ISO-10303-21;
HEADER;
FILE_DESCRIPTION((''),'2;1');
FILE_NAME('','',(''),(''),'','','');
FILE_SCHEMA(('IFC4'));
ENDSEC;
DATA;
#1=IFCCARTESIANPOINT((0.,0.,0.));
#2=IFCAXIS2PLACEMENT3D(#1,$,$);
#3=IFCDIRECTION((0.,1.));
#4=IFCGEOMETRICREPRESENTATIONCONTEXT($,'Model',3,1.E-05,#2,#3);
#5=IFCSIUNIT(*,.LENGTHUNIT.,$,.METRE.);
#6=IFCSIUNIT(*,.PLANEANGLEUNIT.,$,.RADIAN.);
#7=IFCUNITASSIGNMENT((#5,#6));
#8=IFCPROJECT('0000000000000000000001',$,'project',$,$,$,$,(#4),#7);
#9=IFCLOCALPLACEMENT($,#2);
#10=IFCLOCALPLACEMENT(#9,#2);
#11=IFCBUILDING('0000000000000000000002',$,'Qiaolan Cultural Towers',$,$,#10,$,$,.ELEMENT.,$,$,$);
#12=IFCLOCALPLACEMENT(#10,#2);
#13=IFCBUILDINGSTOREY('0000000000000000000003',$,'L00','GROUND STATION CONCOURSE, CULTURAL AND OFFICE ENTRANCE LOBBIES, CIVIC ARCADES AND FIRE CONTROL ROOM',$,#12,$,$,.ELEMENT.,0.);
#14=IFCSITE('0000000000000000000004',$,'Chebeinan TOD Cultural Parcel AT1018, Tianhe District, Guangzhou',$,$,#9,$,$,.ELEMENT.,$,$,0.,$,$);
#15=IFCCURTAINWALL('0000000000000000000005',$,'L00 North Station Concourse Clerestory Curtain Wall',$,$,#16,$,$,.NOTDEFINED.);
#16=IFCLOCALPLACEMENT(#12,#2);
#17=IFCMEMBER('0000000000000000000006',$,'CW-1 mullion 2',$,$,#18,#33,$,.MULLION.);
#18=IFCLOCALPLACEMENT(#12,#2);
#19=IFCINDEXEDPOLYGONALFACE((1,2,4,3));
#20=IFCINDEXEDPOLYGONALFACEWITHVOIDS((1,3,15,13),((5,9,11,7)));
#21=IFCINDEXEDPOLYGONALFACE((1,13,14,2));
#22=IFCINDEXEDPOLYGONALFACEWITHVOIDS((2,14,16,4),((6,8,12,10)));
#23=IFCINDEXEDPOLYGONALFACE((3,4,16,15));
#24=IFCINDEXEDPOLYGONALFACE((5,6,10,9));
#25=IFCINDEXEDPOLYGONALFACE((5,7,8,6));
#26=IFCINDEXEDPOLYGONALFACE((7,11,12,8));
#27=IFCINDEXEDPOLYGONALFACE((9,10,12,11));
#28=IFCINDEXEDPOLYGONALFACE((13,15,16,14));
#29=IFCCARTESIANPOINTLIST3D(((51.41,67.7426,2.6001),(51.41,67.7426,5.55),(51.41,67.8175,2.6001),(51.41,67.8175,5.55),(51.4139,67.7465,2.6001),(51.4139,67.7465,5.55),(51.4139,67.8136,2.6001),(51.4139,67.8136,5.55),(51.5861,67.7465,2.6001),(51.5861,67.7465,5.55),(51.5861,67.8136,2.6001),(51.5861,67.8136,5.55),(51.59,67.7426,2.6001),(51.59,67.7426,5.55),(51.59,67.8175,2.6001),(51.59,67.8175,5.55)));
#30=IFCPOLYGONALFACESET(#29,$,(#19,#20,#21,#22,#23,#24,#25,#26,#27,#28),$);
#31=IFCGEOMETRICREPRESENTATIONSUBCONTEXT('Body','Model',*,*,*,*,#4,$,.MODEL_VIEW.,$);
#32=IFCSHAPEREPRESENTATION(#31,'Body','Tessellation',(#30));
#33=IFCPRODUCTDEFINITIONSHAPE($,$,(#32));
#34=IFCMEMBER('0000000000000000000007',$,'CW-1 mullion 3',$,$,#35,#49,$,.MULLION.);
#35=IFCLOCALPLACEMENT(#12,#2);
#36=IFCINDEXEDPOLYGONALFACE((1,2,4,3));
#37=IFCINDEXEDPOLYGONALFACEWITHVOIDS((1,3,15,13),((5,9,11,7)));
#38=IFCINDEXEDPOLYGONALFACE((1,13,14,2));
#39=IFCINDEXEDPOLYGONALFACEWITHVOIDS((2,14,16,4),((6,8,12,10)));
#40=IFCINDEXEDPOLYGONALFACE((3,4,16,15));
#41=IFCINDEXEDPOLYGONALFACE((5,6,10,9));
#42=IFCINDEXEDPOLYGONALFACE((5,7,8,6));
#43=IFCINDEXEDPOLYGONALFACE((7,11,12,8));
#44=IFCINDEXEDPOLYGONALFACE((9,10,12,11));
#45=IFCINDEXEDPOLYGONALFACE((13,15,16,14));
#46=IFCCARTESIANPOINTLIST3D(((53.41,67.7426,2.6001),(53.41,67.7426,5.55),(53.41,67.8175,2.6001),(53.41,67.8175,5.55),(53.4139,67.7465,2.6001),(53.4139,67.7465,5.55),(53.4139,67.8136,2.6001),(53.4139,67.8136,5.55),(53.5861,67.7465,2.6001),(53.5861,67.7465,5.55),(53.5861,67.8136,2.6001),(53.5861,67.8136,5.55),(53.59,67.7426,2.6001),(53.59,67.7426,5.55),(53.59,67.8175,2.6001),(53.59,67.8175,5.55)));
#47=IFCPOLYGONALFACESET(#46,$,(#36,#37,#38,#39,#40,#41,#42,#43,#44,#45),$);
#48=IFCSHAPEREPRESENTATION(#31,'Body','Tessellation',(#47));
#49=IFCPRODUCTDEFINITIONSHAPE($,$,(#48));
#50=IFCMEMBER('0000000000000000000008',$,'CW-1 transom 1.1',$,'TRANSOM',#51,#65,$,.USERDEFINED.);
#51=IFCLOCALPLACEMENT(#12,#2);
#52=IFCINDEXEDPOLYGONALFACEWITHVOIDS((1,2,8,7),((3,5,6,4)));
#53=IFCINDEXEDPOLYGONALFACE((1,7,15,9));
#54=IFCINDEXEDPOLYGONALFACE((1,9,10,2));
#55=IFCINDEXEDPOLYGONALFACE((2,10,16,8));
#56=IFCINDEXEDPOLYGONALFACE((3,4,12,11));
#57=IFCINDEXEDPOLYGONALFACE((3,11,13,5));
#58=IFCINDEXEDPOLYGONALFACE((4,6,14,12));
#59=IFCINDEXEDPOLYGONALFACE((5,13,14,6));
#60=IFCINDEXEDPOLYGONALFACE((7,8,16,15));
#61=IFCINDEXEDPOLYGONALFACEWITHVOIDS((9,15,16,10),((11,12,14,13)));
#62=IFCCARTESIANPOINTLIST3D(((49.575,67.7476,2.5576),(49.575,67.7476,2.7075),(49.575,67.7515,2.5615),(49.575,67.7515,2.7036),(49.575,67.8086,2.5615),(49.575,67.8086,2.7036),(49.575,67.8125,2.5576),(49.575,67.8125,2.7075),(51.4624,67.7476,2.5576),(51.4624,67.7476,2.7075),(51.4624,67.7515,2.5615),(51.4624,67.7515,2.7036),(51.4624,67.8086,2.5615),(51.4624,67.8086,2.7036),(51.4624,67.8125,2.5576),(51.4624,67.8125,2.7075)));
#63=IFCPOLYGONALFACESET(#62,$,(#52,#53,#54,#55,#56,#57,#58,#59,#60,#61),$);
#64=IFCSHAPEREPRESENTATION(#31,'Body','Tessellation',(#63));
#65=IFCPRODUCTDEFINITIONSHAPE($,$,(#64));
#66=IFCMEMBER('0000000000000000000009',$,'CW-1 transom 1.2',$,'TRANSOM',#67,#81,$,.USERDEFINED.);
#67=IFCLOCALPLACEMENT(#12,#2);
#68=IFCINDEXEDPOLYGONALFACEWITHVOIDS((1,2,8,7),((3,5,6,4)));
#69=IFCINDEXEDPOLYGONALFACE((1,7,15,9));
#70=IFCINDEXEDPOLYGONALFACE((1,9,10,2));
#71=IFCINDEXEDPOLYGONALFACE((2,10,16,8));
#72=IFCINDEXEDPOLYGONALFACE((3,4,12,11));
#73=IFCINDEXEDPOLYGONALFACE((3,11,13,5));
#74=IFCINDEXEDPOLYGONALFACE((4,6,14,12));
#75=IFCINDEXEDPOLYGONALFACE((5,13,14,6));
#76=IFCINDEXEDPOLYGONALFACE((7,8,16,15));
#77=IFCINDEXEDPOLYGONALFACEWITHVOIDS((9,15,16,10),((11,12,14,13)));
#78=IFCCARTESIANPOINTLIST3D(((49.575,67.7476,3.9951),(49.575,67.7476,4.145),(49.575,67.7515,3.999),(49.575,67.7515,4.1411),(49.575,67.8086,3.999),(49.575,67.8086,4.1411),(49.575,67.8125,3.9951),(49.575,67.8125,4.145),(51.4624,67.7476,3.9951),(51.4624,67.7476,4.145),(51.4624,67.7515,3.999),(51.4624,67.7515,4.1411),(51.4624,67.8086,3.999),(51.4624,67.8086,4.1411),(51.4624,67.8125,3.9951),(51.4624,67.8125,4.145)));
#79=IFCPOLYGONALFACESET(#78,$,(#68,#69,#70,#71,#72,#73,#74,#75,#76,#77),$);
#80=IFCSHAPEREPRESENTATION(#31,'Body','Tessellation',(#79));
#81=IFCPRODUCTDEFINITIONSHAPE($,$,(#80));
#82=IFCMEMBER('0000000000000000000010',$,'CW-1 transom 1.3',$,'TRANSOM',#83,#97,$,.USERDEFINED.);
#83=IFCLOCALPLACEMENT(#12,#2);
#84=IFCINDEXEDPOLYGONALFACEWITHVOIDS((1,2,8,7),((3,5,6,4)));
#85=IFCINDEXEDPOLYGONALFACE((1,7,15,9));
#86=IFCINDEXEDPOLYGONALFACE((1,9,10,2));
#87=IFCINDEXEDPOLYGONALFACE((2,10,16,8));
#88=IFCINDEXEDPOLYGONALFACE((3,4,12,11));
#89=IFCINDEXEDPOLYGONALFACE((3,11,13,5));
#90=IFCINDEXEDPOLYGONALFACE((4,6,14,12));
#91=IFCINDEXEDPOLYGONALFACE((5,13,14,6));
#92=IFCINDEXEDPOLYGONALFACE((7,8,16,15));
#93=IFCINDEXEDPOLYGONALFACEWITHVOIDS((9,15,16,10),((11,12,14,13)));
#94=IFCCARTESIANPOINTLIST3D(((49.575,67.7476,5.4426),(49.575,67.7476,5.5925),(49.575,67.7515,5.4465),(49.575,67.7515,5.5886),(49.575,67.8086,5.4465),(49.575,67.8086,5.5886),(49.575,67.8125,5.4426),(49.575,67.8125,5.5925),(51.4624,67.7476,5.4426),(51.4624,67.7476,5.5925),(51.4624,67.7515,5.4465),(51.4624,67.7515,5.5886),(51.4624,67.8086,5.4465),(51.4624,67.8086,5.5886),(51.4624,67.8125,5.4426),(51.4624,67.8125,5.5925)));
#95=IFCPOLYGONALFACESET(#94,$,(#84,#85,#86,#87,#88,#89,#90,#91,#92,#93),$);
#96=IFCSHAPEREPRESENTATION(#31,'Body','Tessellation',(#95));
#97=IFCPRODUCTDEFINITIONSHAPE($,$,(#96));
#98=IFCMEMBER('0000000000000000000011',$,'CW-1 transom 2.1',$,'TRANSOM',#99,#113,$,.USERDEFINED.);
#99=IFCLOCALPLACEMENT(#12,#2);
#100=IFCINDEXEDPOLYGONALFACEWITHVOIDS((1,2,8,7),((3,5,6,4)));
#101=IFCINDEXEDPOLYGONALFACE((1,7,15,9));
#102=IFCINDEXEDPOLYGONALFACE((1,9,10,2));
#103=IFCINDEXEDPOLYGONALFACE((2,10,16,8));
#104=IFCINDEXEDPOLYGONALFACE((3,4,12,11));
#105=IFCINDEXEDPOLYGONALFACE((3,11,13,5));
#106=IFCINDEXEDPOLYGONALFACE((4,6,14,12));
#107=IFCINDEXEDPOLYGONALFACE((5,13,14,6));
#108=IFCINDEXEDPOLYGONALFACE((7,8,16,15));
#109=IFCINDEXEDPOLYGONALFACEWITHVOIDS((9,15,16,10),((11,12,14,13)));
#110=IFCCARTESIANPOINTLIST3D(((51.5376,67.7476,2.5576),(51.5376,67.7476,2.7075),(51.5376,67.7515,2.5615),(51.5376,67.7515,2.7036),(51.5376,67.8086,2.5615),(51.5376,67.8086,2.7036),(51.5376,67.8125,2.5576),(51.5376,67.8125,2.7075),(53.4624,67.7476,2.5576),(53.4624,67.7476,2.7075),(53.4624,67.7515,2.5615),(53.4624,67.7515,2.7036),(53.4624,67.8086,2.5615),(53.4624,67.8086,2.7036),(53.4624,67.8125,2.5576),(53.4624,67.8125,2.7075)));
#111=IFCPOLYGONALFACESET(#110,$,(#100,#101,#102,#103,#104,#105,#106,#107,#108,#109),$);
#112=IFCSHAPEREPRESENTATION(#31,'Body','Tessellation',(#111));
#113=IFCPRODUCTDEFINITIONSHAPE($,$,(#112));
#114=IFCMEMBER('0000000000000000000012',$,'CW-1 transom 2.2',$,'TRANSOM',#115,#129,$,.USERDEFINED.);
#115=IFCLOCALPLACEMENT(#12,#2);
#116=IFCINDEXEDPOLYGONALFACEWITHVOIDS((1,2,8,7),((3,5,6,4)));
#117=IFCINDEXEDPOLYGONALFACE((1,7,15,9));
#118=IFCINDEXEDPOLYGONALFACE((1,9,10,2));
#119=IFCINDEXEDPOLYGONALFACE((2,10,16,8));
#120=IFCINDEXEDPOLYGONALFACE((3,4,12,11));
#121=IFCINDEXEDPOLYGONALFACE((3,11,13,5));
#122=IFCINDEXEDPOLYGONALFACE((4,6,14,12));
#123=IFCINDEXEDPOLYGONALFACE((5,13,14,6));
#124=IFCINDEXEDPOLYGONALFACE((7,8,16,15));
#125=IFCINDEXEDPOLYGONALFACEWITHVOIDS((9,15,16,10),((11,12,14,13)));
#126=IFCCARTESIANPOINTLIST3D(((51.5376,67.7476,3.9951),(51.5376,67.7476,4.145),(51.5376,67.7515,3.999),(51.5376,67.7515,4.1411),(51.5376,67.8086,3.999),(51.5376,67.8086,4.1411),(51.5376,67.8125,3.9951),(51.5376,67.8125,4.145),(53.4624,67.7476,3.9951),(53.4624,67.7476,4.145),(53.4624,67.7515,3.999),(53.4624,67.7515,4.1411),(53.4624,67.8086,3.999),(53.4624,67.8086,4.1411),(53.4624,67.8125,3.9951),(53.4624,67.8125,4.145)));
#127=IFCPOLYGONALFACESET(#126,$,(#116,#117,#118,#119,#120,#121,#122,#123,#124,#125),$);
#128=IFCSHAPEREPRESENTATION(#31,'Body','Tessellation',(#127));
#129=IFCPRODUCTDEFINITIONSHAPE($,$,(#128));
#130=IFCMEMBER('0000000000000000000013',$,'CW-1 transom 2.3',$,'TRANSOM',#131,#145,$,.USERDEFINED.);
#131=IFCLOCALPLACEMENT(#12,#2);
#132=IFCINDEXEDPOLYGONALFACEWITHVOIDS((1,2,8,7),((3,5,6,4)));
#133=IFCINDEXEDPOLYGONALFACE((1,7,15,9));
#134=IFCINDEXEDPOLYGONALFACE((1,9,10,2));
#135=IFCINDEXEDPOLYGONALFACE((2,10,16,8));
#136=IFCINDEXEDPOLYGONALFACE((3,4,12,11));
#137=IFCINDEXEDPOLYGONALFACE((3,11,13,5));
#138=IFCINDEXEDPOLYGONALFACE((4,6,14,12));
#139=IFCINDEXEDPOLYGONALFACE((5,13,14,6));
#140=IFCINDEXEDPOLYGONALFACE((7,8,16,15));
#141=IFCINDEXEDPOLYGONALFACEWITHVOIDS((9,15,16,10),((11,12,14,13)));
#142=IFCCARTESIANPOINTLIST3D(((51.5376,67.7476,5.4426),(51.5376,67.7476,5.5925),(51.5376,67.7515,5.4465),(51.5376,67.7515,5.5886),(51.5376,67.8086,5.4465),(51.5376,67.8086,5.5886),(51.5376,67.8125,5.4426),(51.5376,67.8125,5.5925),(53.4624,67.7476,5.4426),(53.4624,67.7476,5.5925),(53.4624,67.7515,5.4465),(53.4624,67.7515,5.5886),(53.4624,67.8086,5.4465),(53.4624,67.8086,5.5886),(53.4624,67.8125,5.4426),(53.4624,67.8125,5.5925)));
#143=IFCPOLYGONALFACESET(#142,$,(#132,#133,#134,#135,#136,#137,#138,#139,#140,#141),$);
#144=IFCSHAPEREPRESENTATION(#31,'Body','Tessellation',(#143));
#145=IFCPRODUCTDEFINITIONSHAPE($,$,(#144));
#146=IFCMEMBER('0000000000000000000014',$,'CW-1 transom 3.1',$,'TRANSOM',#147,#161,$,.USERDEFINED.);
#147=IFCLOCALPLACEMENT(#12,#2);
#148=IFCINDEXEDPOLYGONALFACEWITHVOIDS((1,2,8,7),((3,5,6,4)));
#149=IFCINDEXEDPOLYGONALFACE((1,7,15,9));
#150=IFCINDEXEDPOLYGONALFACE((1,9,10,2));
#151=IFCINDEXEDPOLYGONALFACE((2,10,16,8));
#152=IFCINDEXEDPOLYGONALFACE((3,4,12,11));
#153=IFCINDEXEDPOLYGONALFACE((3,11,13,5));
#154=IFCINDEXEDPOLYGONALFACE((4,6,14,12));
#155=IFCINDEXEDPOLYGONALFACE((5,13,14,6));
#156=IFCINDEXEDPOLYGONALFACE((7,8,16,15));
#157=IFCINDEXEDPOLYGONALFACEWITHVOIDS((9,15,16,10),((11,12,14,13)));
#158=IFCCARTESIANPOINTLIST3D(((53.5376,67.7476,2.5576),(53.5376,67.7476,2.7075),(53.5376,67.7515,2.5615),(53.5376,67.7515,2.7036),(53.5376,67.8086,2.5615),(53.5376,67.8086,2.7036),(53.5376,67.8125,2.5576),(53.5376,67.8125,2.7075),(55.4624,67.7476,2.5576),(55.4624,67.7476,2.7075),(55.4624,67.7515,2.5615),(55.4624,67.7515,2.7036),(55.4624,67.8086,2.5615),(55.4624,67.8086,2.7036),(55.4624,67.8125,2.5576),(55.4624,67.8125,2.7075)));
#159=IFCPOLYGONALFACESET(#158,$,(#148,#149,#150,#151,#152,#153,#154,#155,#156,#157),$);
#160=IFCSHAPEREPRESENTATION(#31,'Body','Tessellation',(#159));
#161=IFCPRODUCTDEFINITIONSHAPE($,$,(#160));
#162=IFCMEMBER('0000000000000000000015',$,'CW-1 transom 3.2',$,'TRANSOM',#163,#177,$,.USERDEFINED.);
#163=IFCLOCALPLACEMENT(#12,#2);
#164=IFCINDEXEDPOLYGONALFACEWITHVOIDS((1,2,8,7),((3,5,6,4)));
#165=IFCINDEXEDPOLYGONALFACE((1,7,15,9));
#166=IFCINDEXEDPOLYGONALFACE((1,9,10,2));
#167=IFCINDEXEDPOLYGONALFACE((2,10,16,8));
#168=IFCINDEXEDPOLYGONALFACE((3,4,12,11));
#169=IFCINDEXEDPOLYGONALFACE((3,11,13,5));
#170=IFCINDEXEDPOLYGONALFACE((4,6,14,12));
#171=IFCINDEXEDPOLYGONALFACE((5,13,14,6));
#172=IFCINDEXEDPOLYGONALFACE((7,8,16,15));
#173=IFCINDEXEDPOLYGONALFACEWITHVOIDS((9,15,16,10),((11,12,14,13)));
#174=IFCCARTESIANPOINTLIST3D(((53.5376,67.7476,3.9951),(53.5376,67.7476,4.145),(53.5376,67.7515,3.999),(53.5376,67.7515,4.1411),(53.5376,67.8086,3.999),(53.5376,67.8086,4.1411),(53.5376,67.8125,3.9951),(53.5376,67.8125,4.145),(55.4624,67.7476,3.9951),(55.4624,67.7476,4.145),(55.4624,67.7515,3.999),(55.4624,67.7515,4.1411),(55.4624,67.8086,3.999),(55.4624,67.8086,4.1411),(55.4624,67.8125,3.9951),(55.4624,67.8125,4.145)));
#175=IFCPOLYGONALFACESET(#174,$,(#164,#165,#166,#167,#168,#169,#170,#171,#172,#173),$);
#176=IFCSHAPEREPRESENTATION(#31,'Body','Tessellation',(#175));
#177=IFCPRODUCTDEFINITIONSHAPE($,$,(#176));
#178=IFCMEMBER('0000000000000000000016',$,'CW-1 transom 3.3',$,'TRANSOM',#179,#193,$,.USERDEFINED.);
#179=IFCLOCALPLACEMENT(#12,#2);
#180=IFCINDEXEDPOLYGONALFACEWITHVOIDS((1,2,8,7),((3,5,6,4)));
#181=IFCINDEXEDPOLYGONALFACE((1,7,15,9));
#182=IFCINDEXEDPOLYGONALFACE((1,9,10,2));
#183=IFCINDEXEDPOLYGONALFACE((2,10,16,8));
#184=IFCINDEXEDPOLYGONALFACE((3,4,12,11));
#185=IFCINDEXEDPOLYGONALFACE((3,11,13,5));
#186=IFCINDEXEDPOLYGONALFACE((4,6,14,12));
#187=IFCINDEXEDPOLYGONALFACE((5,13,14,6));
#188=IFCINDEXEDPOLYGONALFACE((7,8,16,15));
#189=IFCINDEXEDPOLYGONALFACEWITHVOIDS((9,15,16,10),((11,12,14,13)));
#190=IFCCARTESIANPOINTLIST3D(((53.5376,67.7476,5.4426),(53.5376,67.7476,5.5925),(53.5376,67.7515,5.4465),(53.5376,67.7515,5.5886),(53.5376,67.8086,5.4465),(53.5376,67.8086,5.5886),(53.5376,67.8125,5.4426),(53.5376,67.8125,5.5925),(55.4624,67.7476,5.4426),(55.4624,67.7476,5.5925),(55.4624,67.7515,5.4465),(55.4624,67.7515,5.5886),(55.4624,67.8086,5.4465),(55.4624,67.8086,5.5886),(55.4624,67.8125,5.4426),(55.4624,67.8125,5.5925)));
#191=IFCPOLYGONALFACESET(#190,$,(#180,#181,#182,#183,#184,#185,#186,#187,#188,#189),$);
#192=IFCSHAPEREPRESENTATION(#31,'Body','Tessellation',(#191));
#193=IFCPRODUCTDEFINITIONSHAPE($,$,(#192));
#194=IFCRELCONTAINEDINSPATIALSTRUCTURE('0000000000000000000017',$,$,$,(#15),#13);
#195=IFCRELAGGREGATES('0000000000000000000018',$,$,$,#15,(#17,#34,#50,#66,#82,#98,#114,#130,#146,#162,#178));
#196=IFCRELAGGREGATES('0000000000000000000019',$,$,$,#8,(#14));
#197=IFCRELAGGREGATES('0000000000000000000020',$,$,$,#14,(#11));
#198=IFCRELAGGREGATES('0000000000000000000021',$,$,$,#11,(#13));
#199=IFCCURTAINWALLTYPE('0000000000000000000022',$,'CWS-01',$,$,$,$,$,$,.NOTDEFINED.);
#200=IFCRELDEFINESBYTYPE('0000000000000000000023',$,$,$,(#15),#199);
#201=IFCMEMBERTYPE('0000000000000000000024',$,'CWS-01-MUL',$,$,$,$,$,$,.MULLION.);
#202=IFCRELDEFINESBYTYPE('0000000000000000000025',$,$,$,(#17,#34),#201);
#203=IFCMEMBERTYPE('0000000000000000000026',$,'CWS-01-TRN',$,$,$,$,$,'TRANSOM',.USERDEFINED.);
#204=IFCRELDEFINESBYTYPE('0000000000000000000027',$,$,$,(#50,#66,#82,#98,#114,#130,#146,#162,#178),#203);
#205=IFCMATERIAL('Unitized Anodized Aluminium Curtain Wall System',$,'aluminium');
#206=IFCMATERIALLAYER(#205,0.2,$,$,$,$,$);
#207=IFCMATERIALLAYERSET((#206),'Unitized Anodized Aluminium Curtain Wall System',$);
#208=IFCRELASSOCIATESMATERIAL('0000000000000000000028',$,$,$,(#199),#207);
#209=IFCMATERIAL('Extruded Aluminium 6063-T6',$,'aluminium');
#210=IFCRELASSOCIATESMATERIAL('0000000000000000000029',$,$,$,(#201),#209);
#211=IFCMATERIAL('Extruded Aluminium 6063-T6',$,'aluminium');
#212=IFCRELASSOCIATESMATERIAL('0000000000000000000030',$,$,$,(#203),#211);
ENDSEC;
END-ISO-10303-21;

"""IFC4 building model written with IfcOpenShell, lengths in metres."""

from ifc_helpers import new_model, si_unit, direction, frame, origin, origin_2d, place, context, subcontext, project, spatial, hollow_rectangle, extrude, material, layer, layer_set, material_profile, profile_set, type_object, element, aggregate, save


model = new_model("IFC4")

# Units and contexts
model_context = context("Model", 3, precision=1e-05, world=origin(), true_north=direction((0.0, 1.0)))
body_context = subcontext(model_context, "Body", "Model", "MODEL_VIEW")
ifc_project = project(units=[si_unit("LENGTHUNIT", "METRE"), si_unit("PLANEANGLEUNIT", "RADIAN")], contexts=[model_context])

# Site, building, storey
site_placement = place(None, origin())
site = spatial("IfcSite", under=ifc_project, at=site_placement, Name="Chebeinan TOD Cultural Parcel AT1018, Tianhe District, Guangzhou", CompositionType="ELEMENT", RefElevation=0.0)
building_placement = place(site_placement, origin())
building = spatial("IfcBuilding", under=site, at=building_placement, Name="Qiaolan Cultural Towers", CompositionType="ELEMENT")
storey_placement = place(building_placement, origin())
storey = spatial("IfcBuildingStorey", under=building, at=storey_placement, Name="L00", Description="GROUND STATION CONCOURSE, CULTURAL AND OFFICE ENTRANCE LOBBIES, CIVIC ARCADES AND FIRE CONTROL ROOM", CompositionType="ELEMENT", Elevation=0.0)

# Curtain wall, members
ifc_material_1 = material(Name="Unitized Anodized Aluminium Curtain Wall System", Category="aluminium")
ifc_layer_1 = layer(ifc_material_1, 0.2)
ifc_layer_set_1 = layer_set([ifc_layer_1], Name="Unitized Anodized Aluminium Curtain Wall System")
curtain_wall_type = type_object("IfcCurtainWallType", Name="CWS-01", PredefinedType="NOTDEFINED", material=ifc_layer_set_1)
curtain_wall_placement = place(storey_placement, origin())
curtain_wall = element("IfcCurtainWall", 1, at=curtain_wall_placement, inside=storey, type_object=curtain_wall_type, Name="L00 North Station Concourse Clerestory Curtain Wall", PredefinedType="NOTDEFINED")
ifc_material_2 = material(Name="Extruded Aluminium 6063-T6", Category="aluminium")
ifc_material_profile_1 = material_profile(ifc_material_2, hollow_rectangle(XDim=0.075, YDim=0.1799, WallThickness=0.0039, at=origin_2d()), Name="CWM-180x75x4")
ifc_profile_set_1 = profile_set([ifc_material_profile_1], Name="Extruded Aluminium 6063-T6")
member_type_1 = type_object("IfcMemberType", Name="CWS-01-MUL", PredefinedType="MULLION", material=ifc_profile_set_1)
member_1_placement = place(storey_placement, frame((51.5, 67.78, 2.6001), z_axis=(0.0, 0.0, 1.0), x_axis=(0.0, 1.0, 0.0)))
member_1 = element("IfcMember", 2, at=member_1_placement, type_object=member_type_1, Name="CW-1 mullion 2", PredefinedType="MULLION", context=body_context, shape_type="SweptSolid", body=[
    extrude(hollow_rectangle(XDim=0.075, YDim=0.1799, WallThickness=0.0039, at=origin_2d()), origin(), (0.0, 0.0, 1.0), 2.95),
])
member_2_placement = place(storey_placement, frame((53.5, 67.78, 2.6001), z_axis=(0.0, 0.0, 1.0), x_axis=(0.0, 1.0, 0.0)))
member_2 = element("IfcMember", 3, at=member_2_placement, type_object=member_type_1, Name="CW-1 mullion 3", PredefinedType="MULLION", context=body_context, shape_type="SweptSolid", body=[
    extrude(hollow_rectangle(XDim=0.075, YDim=0.1799, WallThickness=0.0039, at=origin_2d()), origin(), (0.0, 0.0, 1.0), 2.95),
])
ifc_material_3 = material(Name="Extruded Aluminium 6063-T6", Category="aluminium")
ifc_material_profile_2 = material_profile(ifc_material_3, hollow_rectangle(XDim=0.0649, YDim=0.1499, WallThickness=0.0039, at=origin_2d()), Name="CWT-150x65x4")
ifc_profile_set_2 = profile_set([ifc_material_profile_2], Name="Extruded Aluminium 6063-T6")
member_type_2 = type_object("IfcMemberType", Name="CWS-01-TRN", ElementType="TRANSOM", PredefinedType="USERDEFINED", material=ifc_profile_set_2)
member_3_placement = place(storey_placement, frame((49.575, 67.78, 2.6326), z_axis=(1.0, 0.0, 0.0), x_axis=(0.0, 1.0, 0.0)))
member_3 = element("IfcMember", 4, at=member_3_placement, type_object=member_type_2, Name="CW-1 transom 1.1", ObjectType="TRANSOM", PredefinedType="USERDEFINED", context=body_context, shape_type="SweptSolid", body=[
    extrude(hollow_rectangle(XDim=0.0649, YDim=0.1499, WallThickness=0.0039, at=origin_2d()), origin(), (0.0, 0.0, 1.0), 1.8875),
])
member_4_placement = place(storey_placement, frame((49.575, 67.78, 4.0701), z_axis=(1.0, 0.0, 0.0), x_axis=(0.0, 1.0, 0.0)))
member_4 = element("IfcMember", 5, at=member_4_placement, type_object=member_type_2, Name="CW-1 transom 1.2", ObjectType="TRANSOM", PredefinedType="USERDEFINED", context=body_context, shape_type="SweptSolid", body=[
    extrude(hollow_rectangle(XDim=0.0649, YDim=0.1499, WallThickness=0.0039, at=origin_2d()), origin(), (0.0, 0.0, 1.0), 1.8875),
])
member_5_placement = place(storey_placement, frame((49.575, 67.78, 5.5176), z_axis=(1.0, 0.0, 0.0), x_axis=(0.0, 1.0, 0.0)))
member_5 = element("IfcMember", 6, at=member_5_placement, type_object=member_type_2, Name="CW-1 transom 1.3", ObjectType="TRANSOM", PredefinedType="USERDEFINED", context=body_context, shape_type="SweptSolid", body=[
    extrude(hollow_rectangle(XDim=0.0649, YDim=0.1499, WallThickness=0.0039, at=origin_2d()), origin(), (0.0, 0.0, 1.0), 1.8875),
])
member_6_placement = place(storey_placement, frame((51.5376, 67.78, 2.6326), z_axis=(1.0, 0.0, 0.0), x_axis=(0.0, 1.0, 0.0)))
member_6 = element("IfcMember", 7, at=member_6_placement, type_object=member_type_2, Name="CW-1 transom 2.1", ObjectType="TRANSOM", PredefinedType="USERDEFINED", context=body_context, shape_type="SweptSolid", body=[
    extrude(hollow_rectangle(XDim=0.0649, YDim=0.1499, WallThickness=0.0039, at=origin_2d()), origin(), (0.0, 0.0, 1.0), 1.9248),
])
member_7_placement = place(storey_placement, frame((51.5376, 67.78, 4.0701), z_axis=(1.0, 0.0, 0.0), x_axis=(0.0, 1.0, 0.0)))
member_7 = element("IfcMember", 8, at=member_7_placement, type_object=member_type_2, Name="CW-1 transom 2.2", ObjectType="TRANSOM", PredefinedType="USERDEFINED", context=body_context, shape_type="SweptSolid", body=[
    extrude(hollow_rectangle(XDim=0.0649, YDim=0.1499, WallThickness=0.0039, at=origin_2d()), origin(), (0.0, 0.0, 1.0), 1.9248),
])
member_8_placement = place(storey_placement, frame((51.5376, 67.78, 5.5176), z_axis=(1.0, 0.0, 0.0), x_axis=(0.0, 1.0, 0.0)))
member_8 = element("IfcMember", 9, at=member_8_placement, type_object=member_type_2, Name="CW-1 transom 2.3", ObjectType="TRANSOM", PredefinedType="USERDEFINED", context=body_context, shape_type="SweptSolid", body=[
    extrude(hollow_rectangle(XDim=0.0649, YDim=0.1499, WallThickness=0.0039, at=origin_2d()), origin(), (0.0, 0.0, 1.0), 1.9248),
])
member_9_placement = place(storey_placement, frame((53.5376, 67.78, 2.6326), z_axis=(1.0, 0.0, 0.0), x_axis=(0.0, 1.0, 0.0)))
member_9 = element("IfcMember", 10, at=member_9_placement, type_object=member_type_2, Name="CW-1 transom 3.1", ObjectType="TRANSOM", PredefinedType="USERDEFINED", context=body_context, shape_type="SweptSolid", body=[
    extrude(hollow_rectangle(XDim=0.0649, YDim=0.1499, WallThickness=0.0039, at=origin_2d()), origin(), (0.0, 0.0, 1.0), 1.9248),
])
member_10_placement = place(storey_placement, frame((53.5376, 67.78, 4.0701), z_axis=(1.0, 0.0, 0.0), x_axis=(0.0, 1.0, 0.0)))
member_10 = element("IfcMember", 11, at=member_10_placement, type_object=member_type_2, Name="CW-1 transom 3.2", ObjectType="TRANSOM", PredefinedType="USERDEFINED", context=body_context, shape_type="SweptSolid", body=[
    extrude(hollow_rectangle(XDim=0.0649, YDim=0.1499, WallThickness=0.0039, at=origin_2d()), origin(), (0.0, 0.0, 1.0), 1.9248),
])
member_11_placement = place(storey_placement, frame((53.5376, 67.78, 5.5176), z_axis=(1.0, 0.0, 0.0), x_axis=(0.0, 1.0, 0.0)))
member_11 = element("IfcMember", 12, at=member_11_placement, type_object=member_type_2, Name="CW-1 transom 3.3", ObjectType="TRANSOM", PredefinedType="USERDEFINED", context=body_context, shape_type="SweptSolid", body=[
    extrude(hollow_rectangle(XDim=0.0649, YDim=0.1499, WallThickness=0.0039, at=origin_2d()), origin(), (0.0, 0.0, 1.0), 1.9248),
])
aggregate(curtain_wall, [member_1, member_2, member_3, member_4, member_5, member_6, member_7, member_8, member_9, member_10, member_11])

save(model, "model.ifc")
